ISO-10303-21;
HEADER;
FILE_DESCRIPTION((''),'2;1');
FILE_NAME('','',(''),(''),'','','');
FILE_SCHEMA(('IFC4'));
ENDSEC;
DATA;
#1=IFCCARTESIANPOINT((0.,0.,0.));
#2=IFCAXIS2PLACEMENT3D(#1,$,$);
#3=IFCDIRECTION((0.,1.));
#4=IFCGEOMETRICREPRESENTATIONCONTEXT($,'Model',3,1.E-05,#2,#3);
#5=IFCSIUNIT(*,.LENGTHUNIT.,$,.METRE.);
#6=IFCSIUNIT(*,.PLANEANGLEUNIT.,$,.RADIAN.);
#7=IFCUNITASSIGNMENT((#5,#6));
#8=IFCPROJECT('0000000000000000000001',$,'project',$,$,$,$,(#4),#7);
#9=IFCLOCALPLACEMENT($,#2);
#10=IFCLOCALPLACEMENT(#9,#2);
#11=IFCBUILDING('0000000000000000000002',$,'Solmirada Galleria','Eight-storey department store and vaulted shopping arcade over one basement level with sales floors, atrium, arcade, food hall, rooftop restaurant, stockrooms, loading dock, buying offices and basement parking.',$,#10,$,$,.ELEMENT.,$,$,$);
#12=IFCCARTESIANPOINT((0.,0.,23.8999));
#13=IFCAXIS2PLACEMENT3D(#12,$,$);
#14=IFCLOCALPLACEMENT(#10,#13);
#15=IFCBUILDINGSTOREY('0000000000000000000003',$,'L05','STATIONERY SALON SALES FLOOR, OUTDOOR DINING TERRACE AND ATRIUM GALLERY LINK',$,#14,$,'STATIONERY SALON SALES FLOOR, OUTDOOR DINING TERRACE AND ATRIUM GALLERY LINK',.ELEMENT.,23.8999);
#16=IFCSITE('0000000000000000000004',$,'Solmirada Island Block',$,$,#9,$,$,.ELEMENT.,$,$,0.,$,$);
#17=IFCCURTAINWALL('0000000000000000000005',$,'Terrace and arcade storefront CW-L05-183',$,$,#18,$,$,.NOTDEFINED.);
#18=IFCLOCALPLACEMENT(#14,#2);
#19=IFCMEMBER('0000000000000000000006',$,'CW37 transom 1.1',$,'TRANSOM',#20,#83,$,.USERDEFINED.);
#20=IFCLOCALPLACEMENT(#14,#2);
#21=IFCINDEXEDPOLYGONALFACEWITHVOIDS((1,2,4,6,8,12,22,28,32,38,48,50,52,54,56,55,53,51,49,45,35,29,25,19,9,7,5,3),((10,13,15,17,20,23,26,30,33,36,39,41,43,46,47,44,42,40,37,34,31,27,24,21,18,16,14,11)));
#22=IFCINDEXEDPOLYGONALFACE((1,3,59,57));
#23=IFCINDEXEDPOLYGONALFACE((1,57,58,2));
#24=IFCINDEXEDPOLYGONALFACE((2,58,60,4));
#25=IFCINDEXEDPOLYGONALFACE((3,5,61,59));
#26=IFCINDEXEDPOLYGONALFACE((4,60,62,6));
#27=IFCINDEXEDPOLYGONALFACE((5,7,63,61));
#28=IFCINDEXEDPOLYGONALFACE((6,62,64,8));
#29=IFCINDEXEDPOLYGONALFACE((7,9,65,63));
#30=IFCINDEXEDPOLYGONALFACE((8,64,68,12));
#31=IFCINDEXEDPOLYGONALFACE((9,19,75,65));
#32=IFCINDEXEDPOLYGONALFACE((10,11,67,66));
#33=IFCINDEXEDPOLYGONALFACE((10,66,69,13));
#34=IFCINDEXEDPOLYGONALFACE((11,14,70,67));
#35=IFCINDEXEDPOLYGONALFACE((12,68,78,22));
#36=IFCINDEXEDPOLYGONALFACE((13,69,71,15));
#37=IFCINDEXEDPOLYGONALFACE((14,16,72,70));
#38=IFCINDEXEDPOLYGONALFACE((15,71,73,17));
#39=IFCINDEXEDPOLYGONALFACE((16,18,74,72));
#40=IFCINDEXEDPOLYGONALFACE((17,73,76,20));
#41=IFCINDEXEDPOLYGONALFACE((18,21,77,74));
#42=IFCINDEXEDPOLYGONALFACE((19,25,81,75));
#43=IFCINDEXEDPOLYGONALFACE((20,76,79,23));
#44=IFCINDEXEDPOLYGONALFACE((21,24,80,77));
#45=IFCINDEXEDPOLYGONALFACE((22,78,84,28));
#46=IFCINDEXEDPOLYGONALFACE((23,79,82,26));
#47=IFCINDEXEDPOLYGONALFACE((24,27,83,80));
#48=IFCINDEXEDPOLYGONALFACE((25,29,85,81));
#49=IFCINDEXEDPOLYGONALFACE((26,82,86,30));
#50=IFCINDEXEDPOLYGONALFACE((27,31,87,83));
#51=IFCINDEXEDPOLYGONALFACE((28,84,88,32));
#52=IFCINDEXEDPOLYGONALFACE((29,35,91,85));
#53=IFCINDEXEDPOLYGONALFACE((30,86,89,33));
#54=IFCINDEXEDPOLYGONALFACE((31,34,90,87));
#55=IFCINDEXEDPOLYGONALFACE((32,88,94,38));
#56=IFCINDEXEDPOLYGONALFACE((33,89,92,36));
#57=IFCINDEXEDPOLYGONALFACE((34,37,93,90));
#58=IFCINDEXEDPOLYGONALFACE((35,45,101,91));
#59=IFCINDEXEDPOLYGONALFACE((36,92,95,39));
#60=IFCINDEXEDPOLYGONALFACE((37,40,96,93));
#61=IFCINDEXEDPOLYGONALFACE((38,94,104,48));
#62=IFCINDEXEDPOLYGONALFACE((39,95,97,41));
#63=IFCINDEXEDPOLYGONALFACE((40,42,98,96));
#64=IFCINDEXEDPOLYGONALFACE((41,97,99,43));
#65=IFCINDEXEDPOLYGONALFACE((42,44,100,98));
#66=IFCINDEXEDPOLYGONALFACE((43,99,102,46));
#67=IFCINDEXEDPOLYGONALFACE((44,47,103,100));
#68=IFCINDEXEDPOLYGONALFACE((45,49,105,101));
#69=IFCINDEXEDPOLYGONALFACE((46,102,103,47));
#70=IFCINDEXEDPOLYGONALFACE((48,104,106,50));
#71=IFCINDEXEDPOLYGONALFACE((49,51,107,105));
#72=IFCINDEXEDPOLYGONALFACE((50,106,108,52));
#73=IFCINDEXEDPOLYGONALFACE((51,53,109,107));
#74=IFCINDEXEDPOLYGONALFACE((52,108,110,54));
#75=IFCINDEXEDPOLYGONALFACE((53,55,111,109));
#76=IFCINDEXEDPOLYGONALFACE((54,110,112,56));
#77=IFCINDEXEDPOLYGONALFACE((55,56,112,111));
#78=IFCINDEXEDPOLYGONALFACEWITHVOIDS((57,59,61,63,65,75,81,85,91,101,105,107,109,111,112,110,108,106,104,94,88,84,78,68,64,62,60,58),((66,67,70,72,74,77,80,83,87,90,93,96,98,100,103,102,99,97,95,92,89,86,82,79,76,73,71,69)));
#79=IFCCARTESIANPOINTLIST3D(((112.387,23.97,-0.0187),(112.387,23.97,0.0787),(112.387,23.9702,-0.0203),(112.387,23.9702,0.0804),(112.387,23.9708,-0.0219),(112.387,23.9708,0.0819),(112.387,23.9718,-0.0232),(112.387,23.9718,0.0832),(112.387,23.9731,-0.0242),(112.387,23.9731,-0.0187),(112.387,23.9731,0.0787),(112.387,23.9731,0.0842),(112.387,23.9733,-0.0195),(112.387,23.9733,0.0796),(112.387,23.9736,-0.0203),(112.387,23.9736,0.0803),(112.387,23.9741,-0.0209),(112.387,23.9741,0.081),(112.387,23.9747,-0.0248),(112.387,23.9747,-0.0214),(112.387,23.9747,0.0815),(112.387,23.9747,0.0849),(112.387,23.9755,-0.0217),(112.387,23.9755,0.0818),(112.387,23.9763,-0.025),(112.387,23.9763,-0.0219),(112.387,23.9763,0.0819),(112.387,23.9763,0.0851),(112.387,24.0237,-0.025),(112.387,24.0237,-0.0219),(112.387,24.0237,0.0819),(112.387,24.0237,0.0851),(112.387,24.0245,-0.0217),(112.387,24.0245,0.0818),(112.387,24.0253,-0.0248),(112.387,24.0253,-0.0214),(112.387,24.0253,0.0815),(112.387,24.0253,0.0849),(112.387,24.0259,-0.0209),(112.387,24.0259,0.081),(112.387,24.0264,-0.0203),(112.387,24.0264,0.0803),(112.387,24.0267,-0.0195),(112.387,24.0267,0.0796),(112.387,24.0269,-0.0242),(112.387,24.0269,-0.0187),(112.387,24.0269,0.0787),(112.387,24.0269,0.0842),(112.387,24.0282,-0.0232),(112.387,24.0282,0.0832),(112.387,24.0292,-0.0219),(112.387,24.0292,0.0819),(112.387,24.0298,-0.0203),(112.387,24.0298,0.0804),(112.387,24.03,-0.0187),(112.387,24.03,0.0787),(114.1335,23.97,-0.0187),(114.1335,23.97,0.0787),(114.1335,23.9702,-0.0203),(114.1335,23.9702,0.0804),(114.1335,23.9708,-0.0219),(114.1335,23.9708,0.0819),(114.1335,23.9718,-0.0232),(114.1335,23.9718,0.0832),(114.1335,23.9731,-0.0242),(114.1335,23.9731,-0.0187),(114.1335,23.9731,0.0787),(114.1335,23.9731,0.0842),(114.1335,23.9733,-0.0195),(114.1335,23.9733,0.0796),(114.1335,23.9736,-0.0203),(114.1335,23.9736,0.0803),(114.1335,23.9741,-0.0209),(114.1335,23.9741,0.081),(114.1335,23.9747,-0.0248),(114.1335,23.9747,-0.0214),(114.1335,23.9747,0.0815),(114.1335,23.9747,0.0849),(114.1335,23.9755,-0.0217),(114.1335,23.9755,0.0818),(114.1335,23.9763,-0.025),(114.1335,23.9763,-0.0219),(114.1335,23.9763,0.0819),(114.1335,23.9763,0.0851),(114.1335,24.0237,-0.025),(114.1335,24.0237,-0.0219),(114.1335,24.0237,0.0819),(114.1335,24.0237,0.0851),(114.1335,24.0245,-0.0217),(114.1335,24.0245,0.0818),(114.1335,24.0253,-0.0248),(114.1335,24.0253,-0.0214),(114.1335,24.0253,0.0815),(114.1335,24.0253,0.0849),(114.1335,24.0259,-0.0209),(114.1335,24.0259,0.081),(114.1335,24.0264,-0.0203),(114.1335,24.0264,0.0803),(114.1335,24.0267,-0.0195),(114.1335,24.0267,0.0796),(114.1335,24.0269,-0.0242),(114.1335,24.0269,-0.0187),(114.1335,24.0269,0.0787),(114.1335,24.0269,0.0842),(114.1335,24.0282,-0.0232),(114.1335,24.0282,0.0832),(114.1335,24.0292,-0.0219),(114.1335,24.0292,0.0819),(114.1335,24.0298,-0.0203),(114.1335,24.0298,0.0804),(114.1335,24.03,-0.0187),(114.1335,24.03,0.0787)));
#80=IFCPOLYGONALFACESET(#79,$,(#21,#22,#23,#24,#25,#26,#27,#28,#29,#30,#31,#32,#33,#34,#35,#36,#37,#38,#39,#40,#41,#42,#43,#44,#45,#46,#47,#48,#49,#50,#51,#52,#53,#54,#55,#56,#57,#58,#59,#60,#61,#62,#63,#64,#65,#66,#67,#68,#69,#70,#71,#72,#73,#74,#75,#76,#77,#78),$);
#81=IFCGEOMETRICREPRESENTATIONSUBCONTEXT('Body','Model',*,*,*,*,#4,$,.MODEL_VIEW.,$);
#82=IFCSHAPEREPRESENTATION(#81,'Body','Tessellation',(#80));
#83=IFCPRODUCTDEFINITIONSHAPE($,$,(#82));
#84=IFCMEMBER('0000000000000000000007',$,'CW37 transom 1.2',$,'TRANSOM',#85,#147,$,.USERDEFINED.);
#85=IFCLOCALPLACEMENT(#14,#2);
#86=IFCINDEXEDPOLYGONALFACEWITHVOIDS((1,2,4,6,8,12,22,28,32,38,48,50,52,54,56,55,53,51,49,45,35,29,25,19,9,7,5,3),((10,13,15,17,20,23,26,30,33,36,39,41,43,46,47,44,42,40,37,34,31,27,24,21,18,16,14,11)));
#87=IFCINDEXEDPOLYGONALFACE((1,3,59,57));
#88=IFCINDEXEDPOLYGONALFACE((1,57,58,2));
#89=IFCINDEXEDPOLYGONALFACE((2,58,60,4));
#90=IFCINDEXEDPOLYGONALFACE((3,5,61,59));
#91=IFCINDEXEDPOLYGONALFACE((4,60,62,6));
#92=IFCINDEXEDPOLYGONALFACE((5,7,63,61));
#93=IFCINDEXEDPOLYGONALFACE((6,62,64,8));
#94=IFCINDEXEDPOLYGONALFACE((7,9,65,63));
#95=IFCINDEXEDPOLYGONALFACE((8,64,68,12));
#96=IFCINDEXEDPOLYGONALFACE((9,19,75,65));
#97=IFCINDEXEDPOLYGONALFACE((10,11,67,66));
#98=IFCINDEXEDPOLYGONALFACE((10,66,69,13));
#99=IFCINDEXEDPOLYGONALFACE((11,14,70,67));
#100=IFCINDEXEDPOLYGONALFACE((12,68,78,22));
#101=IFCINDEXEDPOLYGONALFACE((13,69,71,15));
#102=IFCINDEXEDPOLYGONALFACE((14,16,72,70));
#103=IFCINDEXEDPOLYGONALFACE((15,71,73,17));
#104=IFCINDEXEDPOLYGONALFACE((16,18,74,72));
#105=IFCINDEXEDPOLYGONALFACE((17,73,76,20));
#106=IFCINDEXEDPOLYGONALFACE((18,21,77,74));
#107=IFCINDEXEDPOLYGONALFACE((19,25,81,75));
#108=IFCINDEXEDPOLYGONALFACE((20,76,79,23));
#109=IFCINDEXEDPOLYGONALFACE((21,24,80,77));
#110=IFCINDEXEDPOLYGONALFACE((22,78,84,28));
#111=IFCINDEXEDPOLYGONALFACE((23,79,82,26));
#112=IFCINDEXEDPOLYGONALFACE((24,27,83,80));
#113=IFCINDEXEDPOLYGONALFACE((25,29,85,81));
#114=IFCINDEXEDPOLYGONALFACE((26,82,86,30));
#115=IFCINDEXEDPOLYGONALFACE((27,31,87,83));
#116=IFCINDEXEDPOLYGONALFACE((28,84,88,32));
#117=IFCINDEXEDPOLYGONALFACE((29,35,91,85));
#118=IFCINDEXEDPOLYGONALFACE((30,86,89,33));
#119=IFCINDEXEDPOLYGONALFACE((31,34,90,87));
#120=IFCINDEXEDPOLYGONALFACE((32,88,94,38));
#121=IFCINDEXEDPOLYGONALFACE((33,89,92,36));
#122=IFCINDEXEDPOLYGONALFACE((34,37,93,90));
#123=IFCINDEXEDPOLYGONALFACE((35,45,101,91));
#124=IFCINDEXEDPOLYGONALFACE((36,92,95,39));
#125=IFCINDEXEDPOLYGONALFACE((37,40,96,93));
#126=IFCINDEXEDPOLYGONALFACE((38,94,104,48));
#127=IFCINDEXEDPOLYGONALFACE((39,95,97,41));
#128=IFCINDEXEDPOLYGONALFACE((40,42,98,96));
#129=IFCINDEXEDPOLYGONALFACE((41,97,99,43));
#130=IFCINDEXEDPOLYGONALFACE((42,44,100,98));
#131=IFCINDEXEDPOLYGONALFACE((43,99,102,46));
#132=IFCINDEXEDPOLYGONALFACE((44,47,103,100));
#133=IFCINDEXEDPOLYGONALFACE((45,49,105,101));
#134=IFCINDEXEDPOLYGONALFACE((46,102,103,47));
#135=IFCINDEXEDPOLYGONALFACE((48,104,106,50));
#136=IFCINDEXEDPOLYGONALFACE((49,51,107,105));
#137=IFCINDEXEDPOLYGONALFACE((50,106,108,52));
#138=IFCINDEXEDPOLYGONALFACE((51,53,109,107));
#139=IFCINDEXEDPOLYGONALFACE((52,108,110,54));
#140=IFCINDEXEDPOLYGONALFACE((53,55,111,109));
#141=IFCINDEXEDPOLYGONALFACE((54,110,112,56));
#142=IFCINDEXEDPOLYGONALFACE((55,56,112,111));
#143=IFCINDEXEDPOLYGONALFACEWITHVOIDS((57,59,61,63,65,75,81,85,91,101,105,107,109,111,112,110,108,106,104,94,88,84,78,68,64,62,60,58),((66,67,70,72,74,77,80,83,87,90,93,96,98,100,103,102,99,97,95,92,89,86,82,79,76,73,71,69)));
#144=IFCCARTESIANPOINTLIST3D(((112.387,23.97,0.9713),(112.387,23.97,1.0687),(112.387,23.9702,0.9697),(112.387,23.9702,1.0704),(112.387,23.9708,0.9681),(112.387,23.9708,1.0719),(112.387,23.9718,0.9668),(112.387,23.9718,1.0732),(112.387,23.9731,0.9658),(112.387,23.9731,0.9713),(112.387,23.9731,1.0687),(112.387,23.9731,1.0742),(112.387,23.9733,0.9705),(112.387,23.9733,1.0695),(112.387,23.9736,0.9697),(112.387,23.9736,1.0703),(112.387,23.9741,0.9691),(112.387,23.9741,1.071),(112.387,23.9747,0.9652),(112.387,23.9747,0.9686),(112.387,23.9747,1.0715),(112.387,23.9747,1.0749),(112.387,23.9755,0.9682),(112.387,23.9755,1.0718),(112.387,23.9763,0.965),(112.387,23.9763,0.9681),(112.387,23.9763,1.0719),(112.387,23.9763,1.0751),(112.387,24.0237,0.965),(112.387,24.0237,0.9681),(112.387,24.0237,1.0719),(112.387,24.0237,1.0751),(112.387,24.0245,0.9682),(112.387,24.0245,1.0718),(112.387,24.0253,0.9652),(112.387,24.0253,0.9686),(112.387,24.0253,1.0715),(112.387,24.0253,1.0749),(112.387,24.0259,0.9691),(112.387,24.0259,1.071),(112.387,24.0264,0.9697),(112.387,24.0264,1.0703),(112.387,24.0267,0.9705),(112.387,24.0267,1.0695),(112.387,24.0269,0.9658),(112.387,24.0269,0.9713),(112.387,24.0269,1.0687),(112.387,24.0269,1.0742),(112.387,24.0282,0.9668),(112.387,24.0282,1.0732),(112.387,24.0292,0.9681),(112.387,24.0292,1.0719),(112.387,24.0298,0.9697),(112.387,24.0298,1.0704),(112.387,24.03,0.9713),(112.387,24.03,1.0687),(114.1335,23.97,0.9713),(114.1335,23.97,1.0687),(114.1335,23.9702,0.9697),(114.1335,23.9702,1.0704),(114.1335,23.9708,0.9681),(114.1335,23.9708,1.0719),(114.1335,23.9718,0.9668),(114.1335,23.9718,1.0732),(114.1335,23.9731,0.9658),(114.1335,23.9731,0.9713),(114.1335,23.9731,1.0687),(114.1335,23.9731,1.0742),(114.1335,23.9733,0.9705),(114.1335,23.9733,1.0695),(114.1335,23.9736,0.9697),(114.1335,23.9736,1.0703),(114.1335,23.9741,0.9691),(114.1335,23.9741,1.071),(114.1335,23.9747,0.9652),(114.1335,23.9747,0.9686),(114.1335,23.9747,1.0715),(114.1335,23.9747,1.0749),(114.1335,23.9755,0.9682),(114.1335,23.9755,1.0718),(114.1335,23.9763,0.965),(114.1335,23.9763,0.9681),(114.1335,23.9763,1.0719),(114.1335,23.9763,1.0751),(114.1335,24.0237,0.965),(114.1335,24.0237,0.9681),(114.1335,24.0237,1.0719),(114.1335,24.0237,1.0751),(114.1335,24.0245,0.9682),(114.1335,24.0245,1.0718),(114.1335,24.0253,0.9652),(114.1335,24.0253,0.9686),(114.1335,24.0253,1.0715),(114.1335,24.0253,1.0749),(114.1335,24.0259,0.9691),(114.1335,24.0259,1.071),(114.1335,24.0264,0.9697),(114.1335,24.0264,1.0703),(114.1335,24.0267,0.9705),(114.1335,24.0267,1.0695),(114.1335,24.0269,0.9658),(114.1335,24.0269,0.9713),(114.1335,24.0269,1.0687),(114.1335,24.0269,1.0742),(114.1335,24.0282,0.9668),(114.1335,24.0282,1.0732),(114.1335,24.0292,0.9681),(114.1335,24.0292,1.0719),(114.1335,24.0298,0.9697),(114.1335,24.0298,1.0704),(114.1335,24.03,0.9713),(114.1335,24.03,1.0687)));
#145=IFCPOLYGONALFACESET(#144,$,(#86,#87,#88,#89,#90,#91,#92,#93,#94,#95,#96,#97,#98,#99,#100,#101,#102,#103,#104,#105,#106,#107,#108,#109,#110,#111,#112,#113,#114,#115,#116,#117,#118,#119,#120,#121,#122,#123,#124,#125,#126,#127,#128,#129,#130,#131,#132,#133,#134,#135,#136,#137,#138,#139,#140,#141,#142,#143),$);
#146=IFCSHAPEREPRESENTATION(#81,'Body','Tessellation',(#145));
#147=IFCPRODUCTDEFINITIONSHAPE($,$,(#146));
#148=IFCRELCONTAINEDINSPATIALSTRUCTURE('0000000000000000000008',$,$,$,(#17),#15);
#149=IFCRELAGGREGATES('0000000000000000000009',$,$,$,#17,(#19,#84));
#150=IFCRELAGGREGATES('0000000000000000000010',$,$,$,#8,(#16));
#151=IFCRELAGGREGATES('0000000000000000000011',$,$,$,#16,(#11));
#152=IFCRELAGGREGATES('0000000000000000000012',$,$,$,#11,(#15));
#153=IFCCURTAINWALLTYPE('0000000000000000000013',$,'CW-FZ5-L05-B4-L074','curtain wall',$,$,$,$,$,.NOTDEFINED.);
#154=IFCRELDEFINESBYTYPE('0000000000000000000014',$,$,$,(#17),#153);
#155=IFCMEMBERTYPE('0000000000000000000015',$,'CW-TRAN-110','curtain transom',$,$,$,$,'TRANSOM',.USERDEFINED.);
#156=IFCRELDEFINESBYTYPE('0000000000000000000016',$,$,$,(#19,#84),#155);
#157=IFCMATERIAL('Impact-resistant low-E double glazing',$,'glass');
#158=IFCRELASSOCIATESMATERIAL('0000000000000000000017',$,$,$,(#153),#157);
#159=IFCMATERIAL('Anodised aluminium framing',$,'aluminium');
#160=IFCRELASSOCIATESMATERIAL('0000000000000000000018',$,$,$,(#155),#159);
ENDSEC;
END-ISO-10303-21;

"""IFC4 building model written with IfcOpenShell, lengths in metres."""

from ifc_helpers import new_model, si_unit, direction, frame, origin, origin_2d, place, context, subcontext, project, spatial, hollow_rectangle, extrude, material, material_profile, profile_set, type_object, element, aggregate, save


model = new_model("IFC4")

# Units and contexts
model_context = context("Model", 3, precision=1e-05, world=origin(), true_north=direction((0.0, 1.0)))
body_context = subcontext(model_context, "Body", "Model", "MODEL_VIEW")
ifc_project = project(units=[si_unit("LENGTHUNIT", "METRE"), si_unit("PLANEANGLEUNIT", "RADIAN")], contexts=[model_context])

# Site, building, storey
site_placement = place(None, origin())
site = spatial("IfcSite", under=ifc_project, at=site_placement, Name="Solmirada Island Block", CompositionType="ELEMENT", RefElevation=0.0)
building_placement = place(site_placement, origin())
building = spatial("IfcBuilding", under=site, at=building_placement, Name="Solmirada Galleria", Description="Eight-storey department store and vaulted shopping arcade over one basement level with sales floors, atrium, arcade, food hall, rooftop restaurant, stockrooms, loading dock, buying offices and basement parking.", CompositionType="ELEMENT")
storey_placement = place(building_placement, frame((0.0, 0.0, 23.8999)))
storey = spatial("IfcBuildingStorey", under=building, at=storey_placement, Name="L05", Description="STATIONERY SALON SALES FLOOR, OUTDOOR DINING TERRACE AND ATRIUM GALLERY LINK", LongName="STATIONERY SALON SALES FLOOR, OUTDOOR DINING TERRACE AND ATRIUM GALLERY LINK", CompositionType="ELEMENT", Elevation=23.8999)

# Curtain wall, members
ifc_material_1 = material(Name="Impact-resistant low-E double glazing", Category="glass")
curtain_wall_type = type_object("IfcCurtainWallType", Name="CW-FZ5-L05-B4-L074", Description="curtain wall", PredefinedType="NOTDEFINED", material=ifc_material_1)
curtain_wall_placement = place(storey_placement, origin())
curtain_wall = element("IfcCurtainWall", 1, at=curtain_wall_placement, inside=storey, type_object=curtain_wall_type, Name="Terrace and arcade storefront CW-L05-183", PredefinedType="NOTDEFINED")
ifc_material_2 = material(Name="Anodised aluminium framing", Category="aluminium")
ifc_material_profile_1 = material_profile(ifc_material_2, hollow_rectangle(XDim=0.0601, YDim=0.1101, WallThickness=0.0032, InnerFilletRadius=0.0032, OuterFilletRadius=0.0063, at=origin_2d()), Name="ALU-TRAN-110X60")
ifc_profile_set_1 = profile_set([ifc_material_profile_1], Name="Anodised aluminium framing")
member_type_1 = type_object("IfcMemberType", Name="CW-TRAN-110", Description="curtain transom", ElementType="TRANSOM", PredefinedType="USERDEFINED", material=ifc_profile_set_1)
member_1_placement = place(storey_placement, frame((112.387, 24.0, 0.03), z_axis=(1.0, 0.0, 0.0), x_axis=(0.0, 1.0, 0.0)))
member_1 = element("IfcMember", 2, at=member_1_placement, type_object=member_type_1, Name="CW37 transom 1.1", ObjectType="TRANSOM", PredefinedType="USERDEFINED", context=body_context, shape_type="SweptSolid", body=[
    extrude(hollow_rectangle(XDim=0.0601, YDim=0.1101, WallThickness=0.0032, InnerFilletRadius=0.0032, OuterFilletRadius=0.0063, at=origin_2d()), origin(), (0.0, 0.0, 1.0), 1.7466),
])
member_2_placement = place(storey_placement, frame((112.387, 24.0, 1.02), z_axis=(1.0, 0.0, 0.0), x_axis=(0.0, 1.0, 0.0)))
member_2 = element("IfcMember", 3, at=member_2_placement, type_object=member_type_1, Name="CW37 transom 1.2", ObjectType="TRANSOM", PredefinedType="USERDEFINED", context=body_context, shape_type="SweptSolid", body=[
    extrude(hollow_rectangle(XDim=0.0601, YDim=0.1101, WallThickness=0.0032, InnerFilletRadius=0.0032, OuterFilletRadius=0.0063, at=origin_2d()), origin(), (0.0, 0.0, 1.0), 1.7466),
])
aggregate(curtain_wall, [member_1, member_2])

save(model, "model.ifc")
